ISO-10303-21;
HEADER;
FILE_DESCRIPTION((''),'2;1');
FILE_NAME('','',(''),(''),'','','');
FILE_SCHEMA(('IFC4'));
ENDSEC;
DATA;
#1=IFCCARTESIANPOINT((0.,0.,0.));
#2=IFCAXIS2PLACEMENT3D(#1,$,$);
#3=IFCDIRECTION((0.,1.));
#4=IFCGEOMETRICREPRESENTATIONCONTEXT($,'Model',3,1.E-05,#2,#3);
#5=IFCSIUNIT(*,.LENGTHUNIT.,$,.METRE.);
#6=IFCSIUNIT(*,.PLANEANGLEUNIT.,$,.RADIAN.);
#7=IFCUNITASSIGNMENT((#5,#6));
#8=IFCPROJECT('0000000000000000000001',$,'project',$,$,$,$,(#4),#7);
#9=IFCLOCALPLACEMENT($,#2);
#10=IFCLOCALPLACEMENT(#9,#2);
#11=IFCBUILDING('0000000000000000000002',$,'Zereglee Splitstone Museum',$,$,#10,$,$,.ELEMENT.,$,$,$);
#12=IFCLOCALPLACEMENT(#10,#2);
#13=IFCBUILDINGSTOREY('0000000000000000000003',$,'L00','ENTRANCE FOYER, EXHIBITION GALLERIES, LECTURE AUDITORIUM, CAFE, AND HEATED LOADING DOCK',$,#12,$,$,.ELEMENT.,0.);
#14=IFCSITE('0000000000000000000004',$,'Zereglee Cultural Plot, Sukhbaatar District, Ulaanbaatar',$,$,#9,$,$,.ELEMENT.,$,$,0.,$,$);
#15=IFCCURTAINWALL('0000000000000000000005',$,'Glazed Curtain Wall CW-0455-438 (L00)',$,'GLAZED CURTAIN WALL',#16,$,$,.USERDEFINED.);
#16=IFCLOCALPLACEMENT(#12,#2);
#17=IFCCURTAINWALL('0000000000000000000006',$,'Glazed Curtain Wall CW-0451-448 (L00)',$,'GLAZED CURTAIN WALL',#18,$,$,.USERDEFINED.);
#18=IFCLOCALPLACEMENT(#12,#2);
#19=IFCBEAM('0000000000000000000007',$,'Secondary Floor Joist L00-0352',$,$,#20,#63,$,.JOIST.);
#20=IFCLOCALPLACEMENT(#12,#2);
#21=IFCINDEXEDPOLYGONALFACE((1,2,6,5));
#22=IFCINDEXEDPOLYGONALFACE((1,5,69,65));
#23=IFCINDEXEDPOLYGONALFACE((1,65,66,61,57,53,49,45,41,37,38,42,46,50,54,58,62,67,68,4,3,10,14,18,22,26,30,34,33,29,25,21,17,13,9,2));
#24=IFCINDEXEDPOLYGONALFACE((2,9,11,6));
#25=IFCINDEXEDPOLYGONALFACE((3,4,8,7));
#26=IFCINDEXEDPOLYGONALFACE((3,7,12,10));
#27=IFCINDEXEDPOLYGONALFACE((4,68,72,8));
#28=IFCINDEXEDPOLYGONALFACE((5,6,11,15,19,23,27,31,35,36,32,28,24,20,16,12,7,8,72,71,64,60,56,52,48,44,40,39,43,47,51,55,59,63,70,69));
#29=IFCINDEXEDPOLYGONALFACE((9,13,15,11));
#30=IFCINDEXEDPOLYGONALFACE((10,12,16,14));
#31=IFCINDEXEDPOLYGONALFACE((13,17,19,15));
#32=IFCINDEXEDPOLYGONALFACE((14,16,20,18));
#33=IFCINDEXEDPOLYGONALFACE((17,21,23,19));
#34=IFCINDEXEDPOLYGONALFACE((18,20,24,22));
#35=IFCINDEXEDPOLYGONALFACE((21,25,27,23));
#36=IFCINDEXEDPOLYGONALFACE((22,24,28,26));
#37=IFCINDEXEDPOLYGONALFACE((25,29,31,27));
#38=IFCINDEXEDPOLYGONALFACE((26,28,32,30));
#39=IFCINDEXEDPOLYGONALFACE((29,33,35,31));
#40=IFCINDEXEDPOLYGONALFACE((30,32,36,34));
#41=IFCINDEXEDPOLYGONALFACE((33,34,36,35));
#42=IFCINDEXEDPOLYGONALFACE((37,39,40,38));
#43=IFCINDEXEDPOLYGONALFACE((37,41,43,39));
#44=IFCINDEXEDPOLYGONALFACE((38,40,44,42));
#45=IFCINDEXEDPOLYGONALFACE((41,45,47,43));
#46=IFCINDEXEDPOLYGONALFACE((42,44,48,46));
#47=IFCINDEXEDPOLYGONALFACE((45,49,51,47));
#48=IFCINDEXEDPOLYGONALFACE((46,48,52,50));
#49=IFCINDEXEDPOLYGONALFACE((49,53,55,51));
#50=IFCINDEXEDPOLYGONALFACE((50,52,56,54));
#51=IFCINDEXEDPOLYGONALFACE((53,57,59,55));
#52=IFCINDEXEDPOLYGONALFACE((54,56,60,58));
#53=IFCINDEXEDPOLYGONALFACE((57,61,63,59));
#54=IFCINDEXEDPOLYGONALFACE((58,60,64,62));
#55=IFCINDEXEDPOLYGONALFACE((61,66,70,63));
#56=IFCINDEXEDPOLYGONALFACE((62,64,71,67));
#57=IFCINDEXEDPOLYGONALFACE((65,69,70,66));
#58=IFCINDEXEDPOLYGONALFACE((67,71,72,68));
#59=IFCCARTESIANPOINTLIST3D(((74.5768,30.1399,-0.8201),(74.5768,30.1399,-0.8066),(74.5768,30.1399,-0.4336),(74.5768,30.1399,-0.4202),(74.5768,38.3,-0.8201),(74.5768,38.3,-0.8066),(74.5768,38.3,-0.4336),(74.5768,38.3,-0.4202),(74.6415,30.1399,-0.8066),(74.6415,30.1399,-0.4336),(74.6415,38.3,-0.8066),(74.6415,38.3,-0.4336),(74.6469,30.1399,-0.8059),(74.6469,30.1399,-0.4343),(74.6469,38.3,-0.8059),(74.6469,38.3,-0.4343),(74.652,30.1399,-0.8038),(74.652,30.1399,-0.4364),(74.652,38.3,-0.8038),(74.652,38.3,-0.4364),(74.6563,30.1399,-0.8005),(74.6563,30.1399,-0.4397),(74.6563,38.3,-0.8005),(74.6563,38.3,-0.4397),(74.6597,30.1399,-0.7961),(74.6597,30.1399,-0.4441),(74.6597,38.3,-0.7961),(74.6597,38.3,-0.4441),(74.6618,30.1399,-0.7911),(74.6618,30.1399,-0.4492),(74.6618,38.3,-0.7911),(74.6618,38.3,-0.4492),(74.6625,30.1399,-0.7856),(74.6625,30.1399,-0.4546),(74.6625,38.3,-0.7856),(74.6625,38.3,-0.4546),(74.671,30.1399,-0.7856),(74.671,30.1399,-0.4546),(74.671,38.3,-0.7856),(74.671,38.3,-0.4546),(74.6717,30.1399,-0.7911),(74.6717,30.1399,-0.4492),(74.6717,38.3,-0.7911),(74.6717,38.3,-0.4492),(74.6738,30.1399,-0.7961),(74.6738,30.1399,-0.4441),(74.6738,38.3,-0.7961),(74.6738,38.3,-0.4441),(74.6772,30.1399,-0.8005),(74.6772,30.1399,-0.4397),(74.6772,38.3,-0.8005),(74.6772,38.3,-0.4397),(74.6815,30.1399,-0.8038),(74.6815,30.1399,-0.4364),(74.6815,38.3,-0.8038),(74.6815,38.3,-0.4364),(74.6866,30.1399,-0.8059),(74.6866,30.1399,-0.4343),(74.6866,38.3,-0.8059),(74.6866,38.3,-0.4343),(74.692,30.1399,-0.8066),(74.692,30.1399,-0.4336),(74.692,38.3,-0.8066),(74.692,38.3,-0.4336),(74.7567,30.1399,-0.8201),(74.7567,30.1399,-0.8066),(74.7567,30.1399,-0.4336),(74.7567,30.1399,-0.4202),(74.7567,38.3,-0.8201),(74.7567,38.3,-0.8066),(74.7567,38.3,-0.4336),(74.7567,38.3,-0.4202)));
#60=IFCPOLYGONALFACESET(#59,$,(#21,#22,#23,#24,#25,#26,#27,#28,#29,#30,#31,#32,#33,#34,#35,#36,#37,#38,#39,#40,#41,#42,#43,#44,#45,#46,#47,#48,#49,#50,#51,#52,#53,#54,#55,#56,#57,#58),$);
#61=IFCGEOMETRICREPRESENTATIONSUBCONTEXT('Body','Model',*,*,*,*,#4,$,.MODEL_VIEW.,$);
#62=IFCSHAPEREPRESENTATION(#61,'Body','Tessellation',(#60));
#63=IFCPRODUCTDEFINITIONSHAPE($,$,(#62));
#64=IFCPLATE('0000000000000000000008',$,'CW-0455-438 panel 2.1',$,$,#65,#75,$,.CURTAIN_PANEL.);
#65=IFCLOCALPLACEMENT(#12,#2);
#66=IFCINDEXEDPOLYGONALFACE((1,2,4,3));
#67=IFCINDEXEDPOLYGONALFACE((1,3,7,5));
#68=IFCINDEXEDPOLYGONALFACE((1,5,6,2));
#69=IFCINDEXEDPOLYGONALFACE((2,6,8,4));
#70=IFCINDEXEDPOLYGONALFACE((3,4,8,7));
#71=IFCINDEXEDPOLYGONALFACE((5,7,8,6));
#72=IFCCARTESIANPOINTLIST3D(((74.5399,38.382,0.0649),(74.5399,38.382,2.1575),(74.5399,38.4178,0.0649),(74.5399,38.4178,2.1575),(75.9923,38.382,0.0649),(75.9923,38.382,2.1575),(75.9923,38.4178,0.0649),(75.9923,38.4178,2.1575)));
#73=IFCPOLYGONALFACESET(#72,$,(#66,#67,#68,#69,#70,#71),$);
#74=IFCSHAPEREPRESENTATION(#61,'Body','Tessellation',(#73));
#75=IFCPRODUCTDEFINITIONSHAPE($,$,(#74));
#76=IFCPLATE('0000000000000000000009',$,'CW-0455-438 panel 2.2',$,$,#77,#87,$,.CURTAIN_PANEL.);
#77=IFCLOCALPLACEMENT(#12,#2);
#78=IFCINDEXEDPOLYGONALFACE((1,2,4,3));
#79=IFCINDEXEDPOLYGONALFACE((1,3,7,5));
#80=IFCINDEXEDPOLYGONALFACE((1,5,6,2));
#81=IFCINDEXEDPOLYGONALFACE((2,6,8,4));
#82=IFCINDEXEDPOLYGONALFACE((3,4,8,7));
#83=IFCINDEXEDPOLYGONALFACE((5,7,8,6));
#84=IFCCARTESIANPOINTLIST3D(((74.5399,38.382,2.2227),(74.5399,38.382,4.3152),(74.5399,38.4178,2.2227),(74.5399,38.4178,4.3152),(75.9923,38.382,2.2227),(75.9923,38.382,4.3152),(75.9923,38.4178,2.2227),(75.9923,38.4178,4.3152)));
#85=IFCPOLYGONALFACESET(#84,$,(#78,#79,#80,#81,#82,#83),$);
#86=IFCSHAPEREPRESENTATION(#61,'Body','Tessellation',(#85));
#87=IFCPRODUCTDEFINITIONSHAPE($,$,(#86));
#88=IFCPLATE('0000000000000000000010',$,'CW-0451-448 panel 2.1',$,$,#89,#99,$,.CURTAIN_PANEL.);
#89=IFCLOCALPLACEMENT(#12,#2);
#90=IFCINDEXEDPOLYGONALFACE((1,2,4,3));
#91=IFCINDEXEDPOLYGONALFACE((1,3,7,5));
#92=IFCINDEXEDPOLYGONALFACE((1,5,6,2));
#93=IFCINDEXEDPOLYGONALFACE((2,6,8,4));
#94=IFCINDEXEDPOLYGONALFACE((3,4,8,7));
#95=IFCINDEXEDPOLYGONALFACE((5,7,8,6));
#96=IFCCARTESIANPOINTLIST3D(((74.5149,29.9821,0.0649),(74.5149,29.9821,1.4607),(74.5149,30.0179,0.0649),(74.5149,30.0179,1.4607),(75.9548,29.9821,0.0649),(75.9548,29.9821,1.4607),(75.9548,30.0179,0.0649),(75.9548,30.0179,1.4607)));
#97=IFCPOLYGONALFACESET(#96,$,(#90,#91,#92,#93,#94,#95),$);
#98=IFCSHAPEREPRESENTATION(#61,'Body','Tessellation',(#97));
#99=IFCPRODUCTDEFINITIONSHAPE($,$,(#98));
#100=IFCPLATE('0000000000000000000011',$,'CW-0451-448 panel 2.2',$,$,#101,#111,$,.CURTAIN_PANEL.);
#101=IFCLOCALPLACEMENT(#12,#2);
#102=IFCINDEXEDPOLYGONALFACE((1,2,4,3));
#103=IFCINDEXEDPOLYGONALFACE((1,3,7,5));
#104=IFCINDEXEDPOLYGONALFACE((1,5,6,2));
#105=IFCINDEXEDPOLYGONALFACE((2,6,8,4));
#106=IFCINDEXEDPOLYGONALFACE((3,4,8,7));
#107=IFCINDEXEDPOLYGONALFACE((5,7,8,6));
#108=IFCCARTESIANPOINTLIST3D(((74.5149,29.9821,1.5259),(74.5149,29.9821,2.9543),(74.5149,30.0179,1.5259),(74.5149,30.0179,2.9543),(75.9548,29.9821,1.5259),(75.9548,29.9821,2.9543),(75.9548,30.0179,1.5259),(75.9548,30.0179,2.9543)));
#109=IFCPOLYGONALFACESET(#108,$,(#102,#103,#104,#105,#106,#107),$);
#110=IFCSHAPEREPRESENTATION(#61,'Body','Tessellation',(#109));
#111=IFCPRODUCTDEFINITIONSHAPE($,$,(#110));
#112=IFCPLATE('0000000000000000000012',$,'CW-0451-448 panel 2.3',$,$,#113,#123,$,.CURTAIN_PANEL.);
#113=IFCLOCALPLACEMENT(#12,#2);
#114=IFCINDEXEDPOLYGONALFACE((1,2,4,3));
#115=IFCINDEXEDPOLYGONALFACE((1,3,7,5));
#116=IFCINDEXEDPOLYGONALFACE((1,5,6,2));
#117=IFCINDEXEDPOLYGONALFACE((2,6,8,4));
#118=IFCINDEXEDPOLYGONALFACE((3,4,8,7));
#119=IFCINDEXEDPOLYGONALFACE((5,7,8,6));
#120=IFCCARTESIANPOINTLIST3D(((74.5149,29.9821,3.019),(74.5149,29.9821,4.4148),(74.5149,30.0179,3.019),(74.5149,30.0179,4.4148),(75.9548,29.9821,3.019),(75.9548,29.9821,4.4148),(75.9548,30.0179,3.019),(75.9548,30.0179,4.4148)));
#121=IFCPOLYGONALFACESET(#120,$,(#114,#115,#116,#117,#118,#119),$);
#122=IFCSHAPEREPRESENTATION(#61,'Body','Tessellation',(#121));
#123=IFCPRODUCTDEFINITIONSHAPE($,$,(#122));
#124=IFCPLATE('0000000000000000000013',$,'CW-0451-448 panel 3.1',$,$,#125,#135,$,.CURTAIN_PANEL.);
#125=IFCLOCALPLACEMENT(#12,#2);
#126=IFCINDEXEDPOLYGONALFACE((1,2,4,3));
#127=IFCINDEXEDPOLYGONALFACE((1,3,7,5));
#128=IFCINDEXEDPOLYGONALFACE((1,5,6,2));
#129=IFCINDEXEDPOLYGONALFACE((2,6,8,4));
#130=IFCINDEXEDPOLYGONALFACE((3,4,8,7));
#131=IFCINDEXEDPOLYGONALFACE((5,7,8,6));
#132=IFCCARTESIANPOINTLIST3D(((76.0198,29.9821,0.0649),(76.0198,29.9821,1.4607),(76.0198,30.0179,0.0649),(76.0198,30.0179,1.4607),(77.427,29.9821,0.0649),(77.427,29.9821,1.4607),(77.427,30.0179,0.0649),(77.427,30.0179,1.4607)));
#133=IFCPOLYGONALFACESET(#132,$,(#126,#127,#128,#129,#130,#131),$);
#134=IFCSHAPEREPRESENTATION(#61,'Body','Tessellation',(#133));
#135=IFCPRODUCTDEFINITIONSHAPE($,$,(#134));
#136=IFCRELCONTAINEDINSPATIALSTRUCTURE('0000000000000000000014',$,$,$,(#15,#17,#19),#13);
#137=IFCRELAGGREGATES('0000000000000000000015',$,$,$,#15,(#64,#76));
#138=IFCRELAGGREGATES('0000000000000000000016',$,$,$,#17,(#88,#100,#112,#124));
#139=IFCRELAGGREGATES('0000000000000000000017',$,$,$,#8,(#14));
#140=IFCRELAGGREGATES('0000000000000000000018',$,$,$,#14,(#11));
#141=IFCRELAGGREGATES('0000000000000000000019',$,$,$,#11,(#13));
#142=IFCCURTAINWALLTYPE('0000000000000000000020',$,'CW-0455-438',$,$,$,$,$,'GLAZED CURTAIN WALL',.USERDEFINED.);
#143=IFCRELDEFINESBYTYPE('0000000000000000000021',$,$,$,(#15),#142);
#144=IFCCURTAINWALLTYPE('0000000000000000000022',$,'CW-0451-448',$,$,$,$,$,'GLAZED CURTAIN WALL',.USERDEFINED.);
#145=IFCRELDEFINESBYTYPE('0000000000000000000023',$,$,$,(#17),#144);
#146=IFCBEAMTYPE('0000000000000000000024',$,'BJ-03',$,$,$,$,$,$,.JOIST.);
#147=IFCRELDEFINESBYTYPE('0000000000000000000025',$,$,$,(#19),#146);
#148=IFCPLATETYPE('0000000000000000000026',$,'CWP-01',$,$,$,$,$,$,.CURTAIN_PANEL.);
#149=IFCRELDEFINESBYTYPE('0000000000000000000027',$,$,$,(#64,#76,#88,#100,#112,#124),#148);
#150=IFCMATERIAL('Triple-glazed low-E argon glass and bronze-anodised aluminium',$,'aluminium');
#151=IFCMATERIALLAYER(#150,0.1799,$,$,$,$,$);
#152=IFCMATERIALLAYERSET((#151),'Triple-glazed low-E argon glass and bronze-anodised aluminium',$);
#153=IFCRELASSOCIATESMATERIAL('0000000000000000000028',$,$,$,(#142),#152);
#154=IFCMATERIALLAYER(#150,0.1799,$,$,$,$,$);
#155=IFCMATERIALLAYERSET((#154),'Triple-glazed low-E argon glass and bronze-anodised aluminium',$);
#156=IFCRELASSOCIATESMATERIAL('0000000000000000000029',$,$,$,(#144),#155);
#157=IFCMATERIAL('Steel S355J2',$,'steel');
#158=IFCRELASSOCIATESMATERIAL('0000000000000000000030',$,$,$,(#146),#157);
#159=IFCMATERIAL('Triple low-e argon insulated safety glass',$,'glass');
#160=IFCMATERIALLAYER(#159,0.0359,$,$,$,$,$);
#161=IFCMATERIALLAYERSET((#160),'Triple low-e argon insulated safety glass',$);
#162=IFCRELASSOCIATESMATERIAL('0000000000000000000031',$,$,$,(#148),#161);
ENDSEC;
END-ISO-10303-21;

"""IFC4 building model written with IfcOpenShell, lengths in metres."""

from ifc_helpers import new_model, si_unit, direction, frame, origin, origin_2d, place, context, subcontext, project, spatial, rectangle, i_section, extrude, material, layer, layer_set, material_profile, profile_set, type_object, element, aggregate, save


model = new_model("IFC4")

# Units and contexts
model_context = context("Model", 3, precision=1e-05, world=origin(), true_north=direction((0.0, 1.0)))
body_context = subcontext(model_context, "Body", "Model", "MODEL_VIEW")
ifc_project = project(units=[si_unit("LENGTHUNIT", "METRE"), si_unit("PLANEANGLEUNIT", "RADIAN")], contexts=[model_context])

# Site, building, storey
site_placement = place(None, origin())
site = spatial("IfcSite", under=ifc_project, at=site_placement, Name="Zereglee Cultural Plot, Sukhbaatar District, Ulaanbaatar", CompositionType="ELEMENT", RefElevation=0.0)
building_placement = place(site_placement, origin())
building = spatial("IfcBuilding", under=site, at=building_placement, Name="Zereglee Splitstone Museum", CompositionType="ELEMENT")
storey_placement = place(building_placement, origin())
storey = spatial("IfcBuildingStorey", under=building, at=storey_placement, Name="L00", Description="ENTRANCE FOYER, EXHIBITION GALLERIES, LECTURE AUDITORIUM, CAFE, AND HEATED LOADING DOCK", CompositionType="ELEMENT", Elevation=0.0)

# Curtain walls
ifc_material_1 = material(Name="Triple-glazed low-E argon glass and bronze-anodised aluminium", Category="aluminium")
ifc_layer_1 = layer(ifc_material_1, 0.1799)
ifc_layer_set_1 = layer_set([ifc_layer_1], Name="Triple-glazed low-E argon glass and bronze-anodised aluminium")
curtain_wall_type_1 = type_object("IfcCurtainWallType", Name="CW-0455-438", ElementType="GLAZED CURTAIN WALL", PredefinedType="USERDEFINED", material=ifc_layer_set_1)
curtain_wall_1_placement = place(storey_placement, origin())
curtain_wall_1 = element("IfcCurtainWall", 1, at=curtain_wall_1_placement, inside=storey, type_object=curtain_wall_type_1, Name="Glazed Curtain Wall CW-0455-438 (L00)", ObjectType="GLAZED CURTAIN WALL", PredefinedType="USERDEFINED")
ifc_layer_2 = layer(ifc_material_1, 0.1799)
ifc_layer_set_2 = layer_set([ifc_layer_2], Name="Triple-glazed low-E argon glass and bronze-anodised aluminium")
curtain_wall_type_2 = type_object("IfcCurtainWallType", Name="CW-0451-448", ElementType="GLAZED CURTAIN WALL", PredefinedType="USERDEFINED", material=ifc_layer_set_2)
curtain_wall_2_placement = place(storey_placement, origin())
curtain_wall_2 = element("IfcCurtainWall", 2, at=curtain_wall_2_placement, inside=storey, type_object=curtain_wall_type_2, Name="Glazed Curtain Wall CW-0451-448 (L00)", ObjectType="GLAZED CURTAIN WALL", PredefinedType="USERDEFINED")

# Beam
ifc_material_2 = material(Name="Steel S355J2", Category="steel")
ifc_material_profile_1 = material_profile(ifc_material_2, i_section(OverallWidth=0.1799, OverallDepth=0.3999, WebThickness=0.0085, FlangeThickness=0.0134, FilletRadius=0.021, at=origin_2d()), Name="IPE 400")
ifc_profile_set_1 = profile_set([ifc_material_profile_1], Name="Steel S355J2")
beam_type = type_object("IfcBeamType", Name="BJ-03", PredefinedType="JOIST", material=ifc_profile_set_1)
beam_placement = place(storey_placement, frame((74.6667, 30.1399, -0.6201), z_axis=(0.0, 1.0, 0.0), x_axis=(-1.0, 0.0, 0.0)))
element("IfcBeam", 3, at=beam_placement, inside=storey, type_object=beam_type, Name="Secondary Floor Joist L00-0352", PredefinedType="JOIST", context=body_context, shape_type="SweptSolid", body=[
    extrude(i_section(OverallWidth=0.1799, OverallDepth=0.3999, WebThickness=0.0085, FlangeThickness=0.0134, FilletRadius=0.021, at=origin_2d()), origin(), (0.0, 0.0, 1.0), 8.1602),
])

# Plates
ifc_material_3 = material(Name="Triple low-e argon insulated safety glass", Category="glass")
ifc_layer_3 = layer(ifc_material_3, 0.0359)
ifc_layer_set_3 = layer_set([ifc_layer_3], Name="Triple low-e argon insulated safety glass")
plate_type = type_object("IfcPlateType", Name="CWP-01", PredefinedType="CURTAIN_PANEL", material=ifc_layer_set_3)
plate_1_placement = place(storey_placement, frame((75.2661, 38.3999, 0.0649), z_axis=(0.0, 0.0, 1.0), x_axis=(-1.0, 0.0, 0.0)))
plate_1 = element("IfcPlate", 4, at=plate_1_placement, type_object=plate_type, Name="CW-0455-438 panel 2.1", PredefinedType="CURTAIN_PANEL", context=body_context, shape_type="SweptSolid", body=[
    extrude(rectangle(XDim=1.4524, YDim=0.0359, at=origin_2d()), origin(), (0.0, 0.0, 1.0), 2.0925),
])
plate_2_placement = place(storey_placement, frame((75.2661, 38.3999, 2.2227), z_axis=(0.0, 0.0, 1.0), x_axis=(-1.0, 0.0, 0.0)))
plate_2 = element("IfcPlate", 5, at=plate_2_placement, type_object=plate_type, Name="CW-0455-438 panel 2.2", PredefinedType="CURTAIN_PANEL", context=body_context, shape_type="SweptSolid", body=[
    extrude(rectangle(XDim=1.4524, YDim=0.0359, at=origin_2d()), origin(), (0.0, 0.0, 1.0), 2.0925),
])
aggregate(curtain_wall_1, [plate_1, plate_2])
plate_3_placement = place(storey_placement, frame((75.2349, 30.0, 0.0649), z_axis=(0.0, 0.0, 1.0), x_axis=(1.0, 0.0, 0.0)))
plate_3 = element("IfcPlate", 6, at=plate_3_placement, type_object=plate_type, Name="CW-0451-448 panel 2.1", PredefinedType="CURTAIN_PANEL", context=body_context, shape_type="SweptSolid", body=[
    extrude(rectangle(XDim=1.4399, YDim=0.0359, at=origin_2d()), origin(), (0.0, 0.0, 1.0), 1.3958),
])
plate_4_placement = place(storey_placement, frame((75.2349, 30.0, 1.5259), z_axis=(0.0, 0.0, 1.0), x_axis=(1.0, 0.0, 0.0)))
plate_4 = element("IfcPlate", 7, at=plate_4_placement, type_object=plate_type, Name="CW-0451-448 panel 2.2", PredefinedType="CURTAIN_PANEL", context=body_context, shape_type="SweptSolid", body=[
    extrude(rectangle(XDim=1.4399, YDim=0.0359, at=origin_2d()), origin(), (0.0, 0.0, 1.0), 1.4285),
])
plate_5_placement = place(storey_placement, frame((75.2349, 30.0, 3.019), z_axis=(0.0, 0.0, 1.0), x_axis=(1.0, 0.0, 0.0)))
plate_5 = element("IfcPlate", 8, at=plate_5_placement, type_object=plate_type, Name="CW-0451-448 panel 2.3", PredefinedType="CURTAIN_PANEL", context=body_context, shape_type="SweptSolid", body=[
    extrude(rectangle(XDim=1.4399, YDim=0.0359, at=origin_2d()), origin(), (0.0, 0.0, 1.0), 1.3958),
])
plate_6_placement = place(storey_placement, frame((76.7234, 30.0, 0.0649), z_axis=(0.0, 0.0, 1.0), x_axis=(1.0, 0.0, 0.0)))
plate_6 = element("IfcPlate", 9, at=plate_6_placement, type_object=plate_type, Name="CW-0451-448 panel 3.1", PredefinedType="CURTAIN_PANEL", context=body_context, shape_type="SweptSolid", body=[
    extrude(rectangle(XDim=1.4072, YDim=0.0359, at=origin_2d()), origin(), (0.0, 0.0, 1.0), 1.3958),
])
aggregate(curtain_wall_2, [plate_3, plate_4, plate_5, plate_6])

save(model, "model.ifc")
